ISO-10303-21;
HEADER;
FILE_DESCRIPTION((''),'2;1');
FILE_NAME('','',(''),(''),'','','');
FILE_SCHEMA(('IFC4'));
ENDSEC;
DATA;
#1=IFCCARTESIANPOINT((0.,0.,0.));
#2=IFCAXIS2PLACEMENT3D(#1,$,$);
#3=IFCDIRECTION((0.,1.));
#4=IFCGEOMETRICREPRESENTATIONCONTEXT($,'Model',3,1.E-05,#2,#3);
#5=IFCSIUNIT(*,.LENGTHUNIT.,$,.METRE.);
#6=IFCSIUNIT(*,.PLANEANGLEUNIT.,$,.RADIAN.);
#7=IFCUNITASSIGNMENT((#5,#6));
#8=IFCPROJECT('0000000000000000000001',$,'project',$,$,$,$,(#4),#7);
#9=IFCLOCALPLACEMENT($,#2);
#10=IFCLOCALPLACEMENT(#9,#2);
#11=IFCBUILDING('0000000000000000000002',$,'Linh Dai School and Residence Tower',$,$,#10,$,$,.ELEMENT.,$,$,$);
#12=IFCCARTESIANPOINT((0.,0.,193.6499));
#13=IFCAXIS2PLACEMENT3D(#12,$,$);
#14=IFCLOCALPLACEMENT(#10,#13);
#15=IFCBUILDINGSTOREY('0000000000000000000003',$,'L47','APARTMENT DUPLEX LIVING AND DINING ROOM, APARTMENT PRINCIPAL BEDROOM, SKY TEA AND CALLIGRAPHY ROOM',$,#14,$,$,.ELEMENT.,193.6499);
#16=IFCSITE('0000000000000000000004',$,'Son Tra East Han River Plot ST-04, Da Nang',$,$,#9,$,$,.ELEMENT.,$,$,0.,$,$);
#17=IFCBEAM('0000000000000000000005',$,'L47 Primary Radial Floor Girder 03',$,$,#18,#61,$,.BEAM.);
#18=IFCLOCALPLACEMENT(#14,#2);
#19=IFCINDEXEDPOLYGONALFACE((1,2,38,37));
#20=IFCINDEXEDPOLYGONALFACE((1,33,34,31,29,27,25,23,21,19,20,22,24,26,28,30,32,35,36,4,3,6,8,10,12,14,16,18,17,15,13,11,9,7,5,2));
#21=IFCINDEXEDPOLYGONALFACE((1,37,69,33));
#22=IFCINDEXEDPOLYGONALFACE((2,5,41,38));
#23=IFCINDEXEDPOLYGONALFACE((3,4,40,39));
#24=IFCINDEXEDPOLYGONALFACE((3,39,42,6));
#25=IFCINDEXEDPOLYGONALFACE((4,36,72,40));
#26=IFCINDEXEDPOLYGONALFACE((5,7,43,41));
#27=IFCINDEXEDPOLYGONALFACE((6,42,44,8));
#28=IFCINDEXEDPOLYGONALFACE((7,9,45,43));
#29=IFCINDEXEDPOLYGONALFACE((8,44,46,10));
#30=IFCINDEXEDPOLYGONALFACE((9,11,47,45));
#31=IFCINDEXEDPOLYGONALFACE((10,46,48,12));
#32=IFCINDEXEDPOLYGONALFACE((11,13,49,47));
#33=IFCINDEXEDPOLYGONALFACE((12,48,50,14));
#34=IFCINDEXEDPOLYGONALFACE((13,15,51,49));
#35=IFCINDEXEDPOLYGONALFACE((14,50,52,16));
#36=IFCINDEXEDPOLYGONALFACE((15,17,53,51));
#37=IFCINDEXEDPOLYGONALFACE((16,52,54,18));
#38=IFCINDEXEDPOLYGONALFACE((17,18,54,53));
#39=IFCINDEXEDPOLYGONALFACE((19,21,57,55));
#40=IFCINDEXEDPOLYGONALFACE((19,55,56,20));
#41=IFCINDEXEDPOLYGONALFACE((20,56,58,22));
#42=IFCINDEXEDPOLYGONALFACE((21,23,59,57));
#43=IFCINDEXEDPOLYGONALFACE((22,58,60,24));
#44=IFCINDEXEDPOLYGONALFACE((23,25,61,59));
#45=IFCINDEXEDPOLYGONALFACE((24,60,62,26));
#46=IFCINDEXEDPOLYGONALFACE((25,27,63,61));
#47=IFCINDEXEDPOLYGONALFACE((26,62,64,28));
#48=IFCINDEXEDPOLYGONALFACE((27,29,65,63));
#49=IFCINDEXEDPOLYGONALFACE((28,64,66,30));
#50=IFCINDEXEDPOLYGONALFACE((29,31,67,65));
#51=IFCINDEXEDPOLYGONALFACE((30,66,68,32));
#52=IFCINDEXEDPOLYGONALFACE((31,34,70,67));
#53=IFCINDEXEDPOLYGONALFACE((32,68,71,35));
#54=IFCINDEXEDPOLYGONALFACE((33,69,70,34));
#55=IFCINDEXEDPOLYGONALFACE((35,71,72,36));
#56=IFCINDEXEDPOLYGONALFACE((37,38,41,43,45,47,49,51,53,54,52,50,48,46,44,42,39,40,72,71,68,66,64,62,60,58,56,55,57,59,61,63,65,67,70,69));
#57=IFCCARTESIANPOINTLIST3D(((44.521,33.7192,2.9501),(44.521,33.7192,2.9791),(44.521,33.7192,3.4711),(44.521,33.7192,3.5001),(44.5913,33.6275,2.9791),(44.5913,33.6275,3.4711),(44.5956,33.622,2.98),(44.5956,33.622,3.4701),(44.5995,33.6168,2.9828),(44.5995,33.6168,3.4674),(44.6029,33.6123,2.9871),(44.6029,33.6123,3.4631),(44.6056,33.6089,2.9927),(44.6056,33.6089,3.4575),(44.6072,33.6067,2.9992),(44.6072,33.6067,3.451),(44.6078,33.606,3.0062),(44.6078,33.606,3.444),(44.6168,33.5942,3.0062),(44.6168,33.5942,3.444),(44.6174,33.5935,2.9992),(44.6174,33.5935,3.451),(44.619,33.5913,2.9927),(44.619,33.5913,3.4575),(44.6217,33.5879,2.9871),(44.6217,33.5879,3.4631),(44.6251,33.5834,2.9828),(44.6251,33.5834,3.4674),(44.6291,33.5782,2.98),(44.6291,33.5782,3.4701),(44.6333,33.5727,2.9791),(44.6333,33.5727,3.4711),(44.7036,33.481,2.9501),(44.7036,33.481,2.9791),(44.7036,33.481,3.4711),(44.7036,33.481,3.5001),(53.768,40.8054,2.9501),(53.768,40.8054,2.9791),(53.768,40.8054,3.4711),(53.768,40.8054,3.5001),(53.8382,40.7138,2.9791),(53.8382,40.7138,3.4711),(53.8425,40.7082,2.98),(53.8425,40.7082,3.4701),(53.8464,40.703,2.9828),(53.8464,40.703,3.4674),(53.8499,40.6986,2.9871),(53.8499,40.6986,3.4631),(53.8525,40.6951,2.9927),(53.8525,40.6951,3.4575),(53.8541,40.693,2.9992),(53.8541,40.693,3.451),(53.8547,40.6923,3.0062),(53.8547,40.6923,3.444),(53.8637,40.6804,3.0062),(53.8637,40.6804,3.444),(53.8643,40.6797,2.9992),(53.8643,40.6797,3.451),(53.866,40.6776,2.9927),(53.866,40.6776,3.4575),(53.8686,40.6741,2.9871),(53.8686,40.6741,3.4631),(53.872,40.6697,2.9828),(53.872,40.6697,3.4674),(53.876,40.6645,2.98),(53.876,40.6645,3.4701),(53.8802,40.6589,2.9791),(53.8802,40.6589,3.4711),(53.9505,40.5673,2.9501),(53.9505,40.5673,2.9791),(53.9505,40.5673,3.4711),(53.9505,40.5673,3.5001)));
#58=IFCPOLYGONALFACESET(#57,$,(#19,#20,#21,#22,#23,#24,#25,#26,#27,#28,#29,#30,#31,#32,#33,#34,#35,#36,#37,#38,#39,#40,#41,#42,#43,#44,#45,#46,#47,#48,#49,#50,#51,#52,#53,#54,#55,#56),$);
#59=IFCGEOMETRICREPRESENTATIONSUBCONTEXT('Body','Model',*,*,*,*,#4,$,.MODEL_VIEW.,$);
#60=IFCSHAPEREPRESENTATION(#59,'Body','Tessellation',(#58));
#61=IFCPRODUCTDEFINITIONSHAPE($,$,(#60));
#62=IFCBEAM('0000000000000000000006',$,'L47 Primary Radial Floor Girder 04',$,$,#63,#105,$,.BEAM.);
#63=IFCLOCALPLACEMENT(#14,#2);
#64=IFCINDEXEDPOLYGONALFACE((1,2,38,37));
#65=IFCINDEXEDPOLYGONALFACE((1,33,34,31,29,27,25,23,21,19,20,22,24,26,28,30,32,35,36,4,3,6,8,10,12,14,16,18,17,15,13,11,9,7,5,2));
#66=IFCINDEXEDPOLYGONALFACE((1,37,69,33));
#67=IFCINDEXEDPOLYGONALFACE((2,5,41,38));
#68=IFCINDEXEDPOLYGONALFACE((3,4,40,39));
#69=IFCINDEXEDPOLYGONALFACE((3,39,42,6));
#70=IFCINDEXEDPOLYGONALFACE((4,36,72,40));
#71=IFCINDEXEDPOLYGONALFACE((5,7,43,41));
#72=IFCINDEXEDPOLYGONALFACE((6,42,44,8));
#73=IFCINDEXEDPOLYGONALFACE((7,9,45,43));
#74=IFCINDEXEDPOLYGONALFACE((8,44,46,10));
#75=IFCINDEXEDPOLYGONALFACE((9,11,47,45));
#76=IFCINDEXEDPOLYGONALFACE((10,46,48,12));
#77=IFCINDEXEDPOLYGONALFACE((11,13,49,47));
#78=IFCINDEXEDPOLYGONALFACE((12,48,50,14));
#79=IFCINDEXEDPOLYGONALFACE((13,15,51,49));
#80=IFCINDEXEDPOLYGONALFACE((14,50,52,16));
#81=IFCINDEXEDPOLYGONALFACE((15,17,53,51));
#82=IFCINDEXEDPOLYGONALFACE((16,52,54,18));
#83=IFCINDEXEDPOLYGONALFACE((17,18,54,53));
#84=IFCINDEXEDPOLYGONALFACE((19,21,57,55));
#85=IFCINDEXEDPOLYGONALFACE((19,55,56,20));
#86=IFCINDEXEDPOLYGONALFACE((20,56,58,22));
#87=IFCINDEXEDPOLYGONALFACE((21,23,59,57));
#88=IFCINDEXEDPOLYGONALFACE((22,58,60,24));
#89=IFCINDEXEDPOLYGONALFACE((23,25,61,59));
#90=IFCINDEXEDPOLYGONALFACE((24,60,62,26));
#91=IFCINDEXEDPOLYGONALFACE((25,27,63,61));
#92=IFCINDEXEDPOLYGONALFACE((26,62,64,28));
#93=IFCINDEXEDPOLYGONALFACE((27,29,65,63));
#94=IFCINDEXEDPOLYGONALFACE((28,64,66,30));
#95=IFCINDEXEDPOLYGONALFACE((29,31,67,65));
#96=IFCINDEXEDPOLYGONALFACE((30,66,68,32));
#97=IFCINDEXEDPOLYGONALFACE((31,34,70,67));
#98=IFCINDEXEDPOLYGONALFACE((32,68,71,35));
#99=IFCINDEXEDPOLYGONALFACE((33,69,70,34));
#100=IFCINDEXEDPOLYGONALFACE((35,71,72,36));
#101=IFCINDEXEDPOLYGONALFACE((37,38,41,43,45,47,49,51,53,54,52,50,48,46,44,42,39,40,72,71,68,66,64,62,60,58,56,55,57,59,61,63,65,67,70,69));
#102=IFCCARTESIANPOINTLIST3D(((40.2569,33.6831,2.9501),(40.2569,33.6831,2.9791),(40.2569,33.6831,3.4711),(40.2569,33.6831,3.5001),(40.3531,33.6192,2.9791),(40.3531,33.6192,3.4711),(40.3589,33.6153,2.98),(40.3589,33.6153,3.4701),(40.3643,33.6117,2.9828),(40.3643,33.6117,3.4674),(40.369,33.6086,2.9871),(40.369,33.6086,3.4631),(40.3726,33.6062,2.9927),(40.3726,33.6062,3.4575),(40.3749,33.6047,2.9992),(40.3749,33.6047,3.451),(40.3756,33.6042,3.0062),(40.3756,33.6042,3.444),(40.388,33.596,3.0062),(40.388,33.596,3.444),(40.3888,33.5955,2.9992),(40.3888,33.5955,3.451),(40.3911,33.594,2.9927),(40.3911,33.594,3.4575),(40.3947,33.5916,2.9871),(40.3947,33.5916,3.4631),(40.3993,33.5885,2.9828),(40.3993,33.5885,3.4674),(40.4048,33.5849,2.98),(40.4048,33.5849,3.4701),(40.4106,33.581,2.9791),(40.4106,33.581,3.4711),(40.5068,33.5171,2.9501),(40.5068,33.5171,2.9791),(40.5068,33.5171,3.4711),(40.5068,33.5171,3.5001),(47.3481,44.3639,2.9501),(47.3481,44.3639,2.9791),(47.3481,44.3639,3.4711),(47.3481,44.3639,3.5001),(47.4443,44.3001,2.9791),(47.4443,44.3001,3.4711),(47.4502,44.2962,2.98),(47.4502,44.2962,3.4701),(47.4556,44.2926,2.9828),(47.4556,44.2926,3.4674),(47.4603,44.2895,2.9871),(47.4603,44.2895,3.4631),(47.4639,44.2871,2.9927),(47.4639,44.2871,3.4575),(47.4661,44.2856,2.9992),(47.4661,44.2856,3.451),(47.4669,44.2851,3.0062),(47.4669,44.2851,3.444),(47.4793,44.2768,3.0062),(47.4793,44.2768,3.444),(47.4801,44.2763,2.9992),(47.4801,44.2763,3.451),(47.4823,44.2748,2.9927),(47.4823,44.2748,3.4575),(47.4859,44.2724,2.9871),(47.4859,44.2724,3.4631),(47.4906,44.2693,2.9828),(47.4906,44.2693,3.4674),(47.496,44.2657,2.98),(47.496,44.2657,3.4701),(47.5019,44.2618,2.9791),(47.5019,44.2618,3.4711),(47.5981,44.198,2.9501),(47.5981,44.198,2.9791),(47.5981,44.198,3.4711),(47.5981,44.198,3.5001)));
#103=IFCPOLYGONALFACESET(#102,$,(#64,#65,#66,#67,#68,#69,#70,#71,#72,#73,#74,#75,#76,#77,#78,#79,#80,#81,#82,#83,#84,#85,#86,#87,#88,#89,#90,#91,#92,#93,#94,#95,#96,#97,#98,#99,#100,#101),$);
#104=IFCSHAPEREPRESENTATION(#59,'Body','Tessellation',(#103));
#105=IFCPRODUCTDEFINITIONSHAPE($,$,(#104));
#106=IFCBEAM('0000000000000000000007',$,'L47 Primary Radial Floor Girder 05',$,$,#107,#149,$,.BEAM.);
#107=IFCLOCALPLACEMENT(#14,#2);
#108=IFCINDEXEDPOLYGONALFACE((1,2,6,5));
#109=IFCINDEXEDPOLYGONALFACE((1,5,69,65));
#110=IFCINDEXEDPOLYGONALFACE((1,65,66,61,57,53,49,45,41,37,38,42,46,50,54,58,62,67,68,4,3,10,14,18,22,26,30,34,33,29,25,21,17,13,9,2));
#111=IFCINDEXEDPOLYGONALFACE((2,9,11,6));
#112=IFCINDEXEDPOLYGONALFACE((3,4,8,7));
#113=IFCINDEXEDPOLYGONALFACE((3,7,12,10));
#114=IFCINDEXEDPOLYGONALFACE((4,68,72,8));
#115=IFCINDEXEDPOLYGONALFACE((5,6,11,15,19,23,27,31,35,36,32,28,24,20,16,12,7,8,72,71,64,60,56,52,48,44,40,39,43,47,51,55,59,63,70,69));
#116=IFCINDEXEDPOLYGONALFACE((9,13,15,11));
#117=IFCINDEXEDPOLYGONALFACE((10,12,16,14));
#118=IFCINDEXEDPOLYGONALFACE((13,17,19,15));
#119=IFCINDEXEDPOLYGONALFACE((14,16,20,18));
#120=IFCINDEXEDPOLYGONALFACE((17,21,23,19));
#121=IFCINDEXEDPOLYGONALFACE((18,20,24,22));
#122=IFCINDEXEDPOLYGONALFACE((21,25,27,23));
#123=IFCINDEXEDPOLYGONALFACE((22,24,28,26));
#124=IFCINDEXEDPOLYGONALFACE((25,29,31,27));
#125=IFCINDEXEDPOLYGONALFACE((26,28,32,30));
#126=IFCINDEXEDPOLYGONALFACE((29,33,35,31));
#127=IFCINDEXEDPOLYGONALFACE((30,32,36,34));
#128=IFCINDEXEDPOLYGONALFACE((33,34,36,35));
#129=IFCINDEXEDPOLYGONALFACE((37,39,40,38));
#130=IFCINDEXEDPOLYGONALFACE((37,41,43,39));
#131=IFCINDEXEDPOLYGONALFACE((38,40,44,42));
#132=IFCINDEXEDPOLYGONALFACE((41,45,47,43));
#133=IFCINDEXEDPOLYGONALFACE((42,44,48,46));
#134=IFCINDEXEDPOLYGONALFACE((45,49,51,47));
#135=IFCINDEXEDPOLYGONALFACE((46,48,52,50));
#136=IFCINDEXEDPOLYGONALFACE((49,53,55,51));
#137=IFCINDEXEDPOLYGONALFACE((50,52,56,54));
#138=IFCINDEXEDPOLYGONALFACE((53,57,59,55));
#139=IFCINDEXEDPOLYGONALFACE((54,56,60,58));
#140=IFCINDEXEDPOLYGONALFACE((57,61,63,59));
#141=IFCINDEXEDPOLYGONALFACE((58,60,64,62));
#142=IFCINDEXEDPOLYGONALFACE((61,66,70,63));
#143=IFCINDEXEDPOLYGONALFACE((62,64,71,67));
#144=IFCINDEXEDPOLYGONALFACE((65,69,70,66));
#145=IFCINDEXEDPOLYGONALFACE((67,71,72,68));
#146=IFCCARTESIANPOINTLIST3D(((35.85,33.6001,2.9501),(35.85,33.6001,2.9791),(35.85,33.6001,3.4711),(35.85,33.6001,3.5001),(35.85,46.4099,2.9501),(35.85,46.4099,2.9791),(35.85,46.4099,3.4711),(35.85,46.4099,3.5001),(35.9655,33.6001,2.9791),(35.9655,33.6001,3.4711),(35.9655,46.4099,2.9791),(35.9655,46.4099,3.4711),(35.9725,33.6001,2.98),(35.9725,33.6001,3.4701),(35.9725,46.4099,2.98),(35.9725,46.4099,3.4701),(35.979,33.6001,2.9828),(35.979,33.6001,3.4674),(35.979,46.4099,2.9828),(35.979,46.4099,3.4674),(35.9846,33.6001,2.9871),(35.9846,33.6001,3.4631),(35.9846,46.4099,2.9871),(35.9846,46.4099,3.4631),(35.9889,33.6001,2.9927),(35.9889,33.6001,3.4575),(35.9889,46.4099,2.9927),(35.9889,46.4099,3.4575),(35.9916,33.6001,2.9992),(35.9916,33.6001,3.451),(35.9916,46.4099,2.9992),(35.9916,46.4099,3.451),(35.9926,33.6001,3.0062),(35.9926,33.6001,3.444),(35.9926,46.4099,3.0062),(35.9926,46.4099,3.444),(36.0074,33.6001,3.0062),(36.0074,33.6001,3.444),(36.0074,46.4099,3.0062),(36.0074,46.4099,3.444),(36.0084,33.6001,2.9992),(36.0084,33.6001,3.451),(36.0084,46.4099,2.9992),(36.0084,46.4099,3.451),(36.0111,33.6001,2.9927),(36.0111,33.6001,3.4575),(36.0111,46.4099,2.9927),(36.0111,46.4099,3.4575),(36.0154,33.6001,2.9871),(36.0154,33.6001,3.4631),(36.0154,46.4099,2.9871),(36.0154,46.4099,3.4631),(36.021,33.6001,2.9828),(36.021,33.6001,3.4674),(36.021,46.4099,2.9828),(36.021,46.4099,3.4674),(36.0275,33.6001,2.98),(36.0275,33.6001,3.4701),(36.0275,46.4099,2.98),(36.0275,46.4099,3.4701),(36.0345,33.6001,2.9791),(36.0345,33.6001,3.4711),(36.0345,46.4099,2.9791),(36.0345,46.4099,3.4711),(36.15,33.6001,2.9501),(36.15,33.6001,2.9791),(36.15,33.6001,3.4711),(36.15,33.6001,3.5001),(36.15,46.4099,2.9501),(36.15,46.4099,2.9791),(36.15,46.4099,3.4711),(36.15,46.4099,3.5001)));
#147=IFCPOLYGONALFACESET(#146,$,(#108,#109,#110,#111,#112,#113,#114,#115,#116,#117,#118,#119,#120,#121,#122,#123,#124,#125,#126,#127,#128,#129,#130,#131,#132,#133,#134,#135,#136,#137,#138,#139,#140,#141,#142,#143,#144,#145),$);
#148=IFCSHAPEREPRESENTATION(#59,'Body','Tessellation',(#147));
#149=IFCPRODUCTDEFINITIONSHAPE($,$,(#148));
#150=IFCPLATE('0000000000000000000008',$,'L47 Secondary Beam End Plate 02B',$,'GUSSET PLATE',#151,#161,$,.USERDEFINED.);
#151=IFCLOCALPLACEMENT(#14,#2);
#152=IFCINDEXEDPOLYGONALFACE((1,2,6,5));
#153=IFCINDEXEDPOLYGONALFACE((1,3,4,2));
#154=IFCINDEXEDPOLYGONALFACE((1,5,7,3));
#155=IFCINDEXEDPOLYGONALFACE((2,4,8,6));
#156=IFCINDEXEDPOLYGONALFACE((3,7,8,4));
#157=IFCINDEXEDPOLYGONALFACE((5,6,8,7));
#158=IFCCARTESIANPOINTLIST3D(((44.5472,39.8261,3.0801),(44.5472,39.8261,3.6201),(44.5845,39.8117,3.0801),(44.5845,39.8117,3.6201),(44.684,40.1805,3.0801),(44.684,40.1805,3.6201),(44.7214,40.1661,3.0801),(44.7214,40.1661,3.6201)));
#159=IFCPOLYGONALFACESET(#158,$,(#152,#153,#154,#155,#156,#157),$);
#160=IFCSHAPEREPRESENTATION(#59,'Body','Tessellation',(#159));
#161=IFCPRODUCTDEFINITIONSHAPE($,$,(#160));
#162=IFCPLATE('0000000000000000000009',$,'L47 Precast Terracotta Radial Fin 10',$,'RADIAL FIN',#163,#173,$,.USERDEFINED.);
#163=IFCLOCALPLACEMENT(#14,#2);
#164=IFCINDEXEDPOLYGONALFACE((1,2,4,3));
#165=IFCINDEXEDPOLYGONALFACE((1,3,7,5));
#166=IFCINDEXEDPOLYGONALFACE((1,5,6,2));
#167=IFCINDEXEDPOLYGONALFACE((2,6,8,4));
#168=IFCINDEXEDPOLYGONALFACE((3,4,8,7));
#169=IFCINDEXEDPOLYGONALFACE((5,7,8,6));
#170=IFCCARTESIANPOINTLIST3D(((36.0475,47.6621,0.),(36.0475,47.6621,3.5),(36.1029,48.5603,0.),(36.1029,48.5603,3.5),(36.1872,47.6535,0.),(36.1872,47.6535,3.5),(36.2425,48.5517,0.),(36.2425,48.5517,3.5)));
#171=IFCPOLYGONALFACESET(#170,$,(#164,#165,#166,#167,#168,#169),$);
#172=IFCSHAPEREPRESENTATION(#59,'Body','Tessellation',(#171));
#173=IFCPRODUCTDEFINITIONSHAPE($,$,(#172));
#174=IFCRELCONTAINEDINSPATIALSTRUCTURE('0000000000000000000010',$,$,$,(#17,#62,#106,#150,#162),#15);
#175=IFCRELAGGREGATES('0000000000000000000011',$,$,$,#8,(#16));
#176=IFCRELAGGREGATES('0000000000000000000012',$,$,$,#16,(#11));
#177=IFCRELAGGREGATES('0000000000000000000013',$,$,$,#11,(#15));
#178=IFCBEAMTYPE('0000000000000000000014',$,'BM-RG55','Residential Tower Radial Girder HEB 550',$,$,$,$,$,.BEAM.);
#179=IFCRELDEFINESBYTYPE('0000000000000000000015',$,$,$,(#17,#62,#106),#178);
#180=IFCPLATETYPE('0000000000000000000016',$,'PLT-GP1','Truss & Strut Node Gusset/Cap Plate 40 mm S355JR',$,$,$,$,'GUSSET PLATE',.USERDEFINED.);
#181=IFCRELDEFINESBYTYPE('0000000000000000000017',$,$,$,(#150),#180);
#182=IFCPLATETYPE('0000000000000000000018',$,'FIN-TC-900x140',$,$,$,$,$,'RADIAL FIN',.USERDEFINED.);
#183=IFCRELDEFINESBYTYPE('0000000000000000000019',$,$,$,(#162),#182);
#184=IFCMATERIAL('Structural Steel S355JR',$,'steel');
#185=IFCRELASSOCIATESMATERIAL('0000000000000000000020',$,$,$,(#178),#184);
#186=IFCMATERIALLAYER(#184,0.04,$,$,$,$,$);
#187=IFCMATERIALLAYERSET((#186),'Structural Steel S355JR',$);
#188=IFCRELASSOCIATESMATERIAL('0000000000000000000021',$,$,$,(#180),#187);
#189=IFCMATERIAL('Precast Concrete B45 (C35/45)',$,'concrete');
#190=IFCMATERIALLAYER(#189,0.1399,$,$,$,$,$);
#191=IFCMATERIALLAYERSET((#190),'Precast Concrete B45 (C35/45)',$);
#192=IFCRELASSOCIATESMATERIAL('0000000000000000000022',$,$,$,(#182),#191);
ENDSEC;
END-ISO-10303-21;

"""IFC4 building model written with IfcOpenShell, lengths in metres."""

from ifc_helpers import new_model, si_unit, direction, frame, origin, origin_2d, place, context, subcontext, project, spatial, rectangle, i_section, extrude, source, transform, mapped, material, layer, layer_set, material_profile, profile_set, type_object, element, save


model = new_model("IFC4")

# Units and contexts
model_context = context("Model", 3, precision=1e-05, world=origin(), true_north=direction((0.0, 1.0)))
body_context = subcontext(model_context, "Body", "Model", "MODEL_VIEW")
ifc_project = project(units=[si_unit("LENGTHUNIT", "METRE"), si_unit("PLANEANGLEUNIT", "RADIAN")], contexts=[model_context])

# Site, building, storey
site_placement = place(None, origin())
site = spatial("IfcSite", under=ifc_project, at=site_placement, Name="Son Tra East Han River Plot ST-04, Da Nang", CompositionType="ELEMENT", RefElevation=0.0)
building_placement = place(site_placement, origin())
building = spatial("IfcBuilding", under=site, at=building_placement, Name="Linh Dai School and Residence Tower", CompositionType="ELEMENT")
storey_placement = place(building_placement, frame((0.0, 0.0, 193.6499)))
storey = spatial("IfcBuildingStorey", under=building, at=storey_placement, Name="L47", Description="APARTMENT DUPLEX LIVING AND DINING ROOM, APARTMENT PRINCIPAL BEDROOM, SKY TEA AND CALLIGRAPHY ROOM", CompositionType="ELEMENT", Elevation=193.6499)

# Shared definitions
ifc_material_1 = material(Name="Structural Steel S355JR", Category="steel")

# Beams
ifc_material_profile_1 = material_profile(ifc_material_1, i_section(OverallWidth=0.3, OverallDepth=0.55, WebThickness=0.0149, FlangeThickness=0.0291, FilletRadius=0.0271, at=origin_2d()), Name="HEB 550")
ifc_profile_set_1 = profile_set([ifc_material_profile_1], Name="Structural Steel S355JR")
beam_type = type_object("IfcBeamType", Name="BM-RG55", Description="Residential Tower Radial Girder HEB 550", PredefinedType="BEAM", material=ifc_profile_set_1)
beam_1_placement = place(storey_placement, frame((44.6123, 33.6001, 3.2251), z_axis=(0.793733, 0.608267, 0.0), x_axis=(-0.608267, 0.793733, 0.0)))
element("IfcBeam", 1, at=beam_1_placement, inside=storey, type_object=beam_type, Name="L47 Primary Radial Floor Girder 03", PredefinedType="BEAM", context=body_context, shape_type="SweptSolid", body=[
    extrude(i_section(OverallWidth=0.3, OverallDepth=0.55, WebThickness=0.0149, FlangeThickness=0.0291, FilletRadius=0.0271, at=origin_2d()), origin(), (0.0, 0.0, 1.0), 11.6499),
])
beam_2_placement = place(storey_placement, frame((40.3818, 33.6001, 3.2251), z_axis=(0.553117, 0.833103, 0.0), x_axis=(-0.833103, 0.553117, 0.0)))
element("IfcBeam", 2, at=beam_2_placement, inside=storey, type_object=beam_type, Name="L47 Primary Radial Floor Girder 04", PredefinedType="BEAM", context=body_context, shape_type="SweptSolid", body=[
    extrude(i_section(OverallWidth=0.3, OverallDepth=0.55, WebThickness=0.0149, FlangeThickness=0.0291, FilletRadius=0.0271, at=origin_2d()), origin(), (0.0, 0.0, 1.0), 12.8206),
])
beam_3_placement = place(storey_placement, frame((36.0, 33.6001, 3.2251), z_axis=(0.0, 1.0, 0.0), x_axis=(-1.0, 0.0, 0.0)))
element("IfcBeam", 3, at=beam_3_placement, inside=storey, type_object=beam_type, Name="L47 Primary Radial Floor Girder 05", PredefinedType="BEAM", context=body_context, shape_type="SweptSolid", body=[
    extrude(i_section(OverallWidth=0.3, OverallDepth=0.55, WebThickness=0.0149, FlangeThickness=0.0291, FilletRadius=0.0271, at=origin_2d()), origin(), (0.0, 0.0, 1.0), 12.8098),
])

# Plates
ifc_layer_1 = layer(ifc_material_1, 0.04)
ifc_layer_set_1 = layer_set([ifc_layer_1], Name="Structural Steel S355JR")
plate_type_1 = type_object("IfcPlateType", Name="PLT-GP1", Description="Truss & Strut Node Gusset/Cap Plate 40 mm S355JR", ElementType="GUSSET PLATE", PredefinedType="USERDEFINED", material=ifc_layer_set_1)
shared_shape_1 = source(origin(), body_context, "Body", "SweptSolid", [
    extrude(rectangle(XDim=0.04, YDim=0.3799, at=origin_2d()), origin(), (0.0, 0.0, 1.0), 0.54),
])
plate_1_placement = place(storey_placement, frame((44.6343, 39.9961, 3.0801), z_axis=(0.0, 0.0, 1.0), x_axis=(-0.932823, 0.360335, 0.0)))
element("IfcPlate", 4, at=plate_1_placement, inside=storey, type_object=plate_type_1, Name="L47 Secondary Beam End Plate 02B", ObjectType="GUSSET PLATE", PredefinedType="USERDEFINED", context=body_context, shape_type="MappedRepresentation", body=[
    mapped(shared_shape_1, transform((0.0, 0.0, 0.0), x_axis=(1.0, 0.0, 0.0), y_axis=(0.0, 1.0, 0.0), z_axis=(0.0, 0.0, 1.0), scale=1.0)),
])
ifc_material_2 = material(Name="Precast Concrete B45 (C35/45)", Category="concrete")
ifc_layer_2 = layer(ifc_material_2, 0.1399)
ifc_layer_set_2 = layer_set([ifc_layer_2], Name="Precast Concrete B45 (C35/45)")
plate_type_2 = type_object("IfcPlateType", Name="FIN-TC-900x140", ElementType="RADIAL FIN", PredefinedType="USERDEFINED", material=ifc_layer_set_2)
shared_shape_2 = source(origin(), body_context, "Body", "SweptSolid", [
    extrude(rectangle(XDim=0.8999, YDim=0.1399, at=origin_2d()), origin(), (0.0, 0.0, 1.0), 3.5),
])
plate_2_placement = place(storey_placement, frame((36.145, 48.1069, 0.0), z_axis=(0.0, 0.0, 1.0), x_axis=(0.061512, 0.998106, 0.0)))
element("IfcPlate", 5, at=plate_2_placement, inside=storey, type_object=plate_type_2, Name="L47 Precast Terracotta Radial Fin 10", ObjectType="RADIAL FIN", PredefinedType="USERDEFINED", context=body_context, shape_type="MappedRepresentation", body=[
    mapped(shared_shape_2, transform((0.0, 0.0, 0.0), x_axis=(1.0, 0.0, 0.0), y_axis=(0.0, 1.0, 0.0), z_axis=(0.0, 0.0, 1.0), scale=1.0)),
])

save(model, "model.ifc")
